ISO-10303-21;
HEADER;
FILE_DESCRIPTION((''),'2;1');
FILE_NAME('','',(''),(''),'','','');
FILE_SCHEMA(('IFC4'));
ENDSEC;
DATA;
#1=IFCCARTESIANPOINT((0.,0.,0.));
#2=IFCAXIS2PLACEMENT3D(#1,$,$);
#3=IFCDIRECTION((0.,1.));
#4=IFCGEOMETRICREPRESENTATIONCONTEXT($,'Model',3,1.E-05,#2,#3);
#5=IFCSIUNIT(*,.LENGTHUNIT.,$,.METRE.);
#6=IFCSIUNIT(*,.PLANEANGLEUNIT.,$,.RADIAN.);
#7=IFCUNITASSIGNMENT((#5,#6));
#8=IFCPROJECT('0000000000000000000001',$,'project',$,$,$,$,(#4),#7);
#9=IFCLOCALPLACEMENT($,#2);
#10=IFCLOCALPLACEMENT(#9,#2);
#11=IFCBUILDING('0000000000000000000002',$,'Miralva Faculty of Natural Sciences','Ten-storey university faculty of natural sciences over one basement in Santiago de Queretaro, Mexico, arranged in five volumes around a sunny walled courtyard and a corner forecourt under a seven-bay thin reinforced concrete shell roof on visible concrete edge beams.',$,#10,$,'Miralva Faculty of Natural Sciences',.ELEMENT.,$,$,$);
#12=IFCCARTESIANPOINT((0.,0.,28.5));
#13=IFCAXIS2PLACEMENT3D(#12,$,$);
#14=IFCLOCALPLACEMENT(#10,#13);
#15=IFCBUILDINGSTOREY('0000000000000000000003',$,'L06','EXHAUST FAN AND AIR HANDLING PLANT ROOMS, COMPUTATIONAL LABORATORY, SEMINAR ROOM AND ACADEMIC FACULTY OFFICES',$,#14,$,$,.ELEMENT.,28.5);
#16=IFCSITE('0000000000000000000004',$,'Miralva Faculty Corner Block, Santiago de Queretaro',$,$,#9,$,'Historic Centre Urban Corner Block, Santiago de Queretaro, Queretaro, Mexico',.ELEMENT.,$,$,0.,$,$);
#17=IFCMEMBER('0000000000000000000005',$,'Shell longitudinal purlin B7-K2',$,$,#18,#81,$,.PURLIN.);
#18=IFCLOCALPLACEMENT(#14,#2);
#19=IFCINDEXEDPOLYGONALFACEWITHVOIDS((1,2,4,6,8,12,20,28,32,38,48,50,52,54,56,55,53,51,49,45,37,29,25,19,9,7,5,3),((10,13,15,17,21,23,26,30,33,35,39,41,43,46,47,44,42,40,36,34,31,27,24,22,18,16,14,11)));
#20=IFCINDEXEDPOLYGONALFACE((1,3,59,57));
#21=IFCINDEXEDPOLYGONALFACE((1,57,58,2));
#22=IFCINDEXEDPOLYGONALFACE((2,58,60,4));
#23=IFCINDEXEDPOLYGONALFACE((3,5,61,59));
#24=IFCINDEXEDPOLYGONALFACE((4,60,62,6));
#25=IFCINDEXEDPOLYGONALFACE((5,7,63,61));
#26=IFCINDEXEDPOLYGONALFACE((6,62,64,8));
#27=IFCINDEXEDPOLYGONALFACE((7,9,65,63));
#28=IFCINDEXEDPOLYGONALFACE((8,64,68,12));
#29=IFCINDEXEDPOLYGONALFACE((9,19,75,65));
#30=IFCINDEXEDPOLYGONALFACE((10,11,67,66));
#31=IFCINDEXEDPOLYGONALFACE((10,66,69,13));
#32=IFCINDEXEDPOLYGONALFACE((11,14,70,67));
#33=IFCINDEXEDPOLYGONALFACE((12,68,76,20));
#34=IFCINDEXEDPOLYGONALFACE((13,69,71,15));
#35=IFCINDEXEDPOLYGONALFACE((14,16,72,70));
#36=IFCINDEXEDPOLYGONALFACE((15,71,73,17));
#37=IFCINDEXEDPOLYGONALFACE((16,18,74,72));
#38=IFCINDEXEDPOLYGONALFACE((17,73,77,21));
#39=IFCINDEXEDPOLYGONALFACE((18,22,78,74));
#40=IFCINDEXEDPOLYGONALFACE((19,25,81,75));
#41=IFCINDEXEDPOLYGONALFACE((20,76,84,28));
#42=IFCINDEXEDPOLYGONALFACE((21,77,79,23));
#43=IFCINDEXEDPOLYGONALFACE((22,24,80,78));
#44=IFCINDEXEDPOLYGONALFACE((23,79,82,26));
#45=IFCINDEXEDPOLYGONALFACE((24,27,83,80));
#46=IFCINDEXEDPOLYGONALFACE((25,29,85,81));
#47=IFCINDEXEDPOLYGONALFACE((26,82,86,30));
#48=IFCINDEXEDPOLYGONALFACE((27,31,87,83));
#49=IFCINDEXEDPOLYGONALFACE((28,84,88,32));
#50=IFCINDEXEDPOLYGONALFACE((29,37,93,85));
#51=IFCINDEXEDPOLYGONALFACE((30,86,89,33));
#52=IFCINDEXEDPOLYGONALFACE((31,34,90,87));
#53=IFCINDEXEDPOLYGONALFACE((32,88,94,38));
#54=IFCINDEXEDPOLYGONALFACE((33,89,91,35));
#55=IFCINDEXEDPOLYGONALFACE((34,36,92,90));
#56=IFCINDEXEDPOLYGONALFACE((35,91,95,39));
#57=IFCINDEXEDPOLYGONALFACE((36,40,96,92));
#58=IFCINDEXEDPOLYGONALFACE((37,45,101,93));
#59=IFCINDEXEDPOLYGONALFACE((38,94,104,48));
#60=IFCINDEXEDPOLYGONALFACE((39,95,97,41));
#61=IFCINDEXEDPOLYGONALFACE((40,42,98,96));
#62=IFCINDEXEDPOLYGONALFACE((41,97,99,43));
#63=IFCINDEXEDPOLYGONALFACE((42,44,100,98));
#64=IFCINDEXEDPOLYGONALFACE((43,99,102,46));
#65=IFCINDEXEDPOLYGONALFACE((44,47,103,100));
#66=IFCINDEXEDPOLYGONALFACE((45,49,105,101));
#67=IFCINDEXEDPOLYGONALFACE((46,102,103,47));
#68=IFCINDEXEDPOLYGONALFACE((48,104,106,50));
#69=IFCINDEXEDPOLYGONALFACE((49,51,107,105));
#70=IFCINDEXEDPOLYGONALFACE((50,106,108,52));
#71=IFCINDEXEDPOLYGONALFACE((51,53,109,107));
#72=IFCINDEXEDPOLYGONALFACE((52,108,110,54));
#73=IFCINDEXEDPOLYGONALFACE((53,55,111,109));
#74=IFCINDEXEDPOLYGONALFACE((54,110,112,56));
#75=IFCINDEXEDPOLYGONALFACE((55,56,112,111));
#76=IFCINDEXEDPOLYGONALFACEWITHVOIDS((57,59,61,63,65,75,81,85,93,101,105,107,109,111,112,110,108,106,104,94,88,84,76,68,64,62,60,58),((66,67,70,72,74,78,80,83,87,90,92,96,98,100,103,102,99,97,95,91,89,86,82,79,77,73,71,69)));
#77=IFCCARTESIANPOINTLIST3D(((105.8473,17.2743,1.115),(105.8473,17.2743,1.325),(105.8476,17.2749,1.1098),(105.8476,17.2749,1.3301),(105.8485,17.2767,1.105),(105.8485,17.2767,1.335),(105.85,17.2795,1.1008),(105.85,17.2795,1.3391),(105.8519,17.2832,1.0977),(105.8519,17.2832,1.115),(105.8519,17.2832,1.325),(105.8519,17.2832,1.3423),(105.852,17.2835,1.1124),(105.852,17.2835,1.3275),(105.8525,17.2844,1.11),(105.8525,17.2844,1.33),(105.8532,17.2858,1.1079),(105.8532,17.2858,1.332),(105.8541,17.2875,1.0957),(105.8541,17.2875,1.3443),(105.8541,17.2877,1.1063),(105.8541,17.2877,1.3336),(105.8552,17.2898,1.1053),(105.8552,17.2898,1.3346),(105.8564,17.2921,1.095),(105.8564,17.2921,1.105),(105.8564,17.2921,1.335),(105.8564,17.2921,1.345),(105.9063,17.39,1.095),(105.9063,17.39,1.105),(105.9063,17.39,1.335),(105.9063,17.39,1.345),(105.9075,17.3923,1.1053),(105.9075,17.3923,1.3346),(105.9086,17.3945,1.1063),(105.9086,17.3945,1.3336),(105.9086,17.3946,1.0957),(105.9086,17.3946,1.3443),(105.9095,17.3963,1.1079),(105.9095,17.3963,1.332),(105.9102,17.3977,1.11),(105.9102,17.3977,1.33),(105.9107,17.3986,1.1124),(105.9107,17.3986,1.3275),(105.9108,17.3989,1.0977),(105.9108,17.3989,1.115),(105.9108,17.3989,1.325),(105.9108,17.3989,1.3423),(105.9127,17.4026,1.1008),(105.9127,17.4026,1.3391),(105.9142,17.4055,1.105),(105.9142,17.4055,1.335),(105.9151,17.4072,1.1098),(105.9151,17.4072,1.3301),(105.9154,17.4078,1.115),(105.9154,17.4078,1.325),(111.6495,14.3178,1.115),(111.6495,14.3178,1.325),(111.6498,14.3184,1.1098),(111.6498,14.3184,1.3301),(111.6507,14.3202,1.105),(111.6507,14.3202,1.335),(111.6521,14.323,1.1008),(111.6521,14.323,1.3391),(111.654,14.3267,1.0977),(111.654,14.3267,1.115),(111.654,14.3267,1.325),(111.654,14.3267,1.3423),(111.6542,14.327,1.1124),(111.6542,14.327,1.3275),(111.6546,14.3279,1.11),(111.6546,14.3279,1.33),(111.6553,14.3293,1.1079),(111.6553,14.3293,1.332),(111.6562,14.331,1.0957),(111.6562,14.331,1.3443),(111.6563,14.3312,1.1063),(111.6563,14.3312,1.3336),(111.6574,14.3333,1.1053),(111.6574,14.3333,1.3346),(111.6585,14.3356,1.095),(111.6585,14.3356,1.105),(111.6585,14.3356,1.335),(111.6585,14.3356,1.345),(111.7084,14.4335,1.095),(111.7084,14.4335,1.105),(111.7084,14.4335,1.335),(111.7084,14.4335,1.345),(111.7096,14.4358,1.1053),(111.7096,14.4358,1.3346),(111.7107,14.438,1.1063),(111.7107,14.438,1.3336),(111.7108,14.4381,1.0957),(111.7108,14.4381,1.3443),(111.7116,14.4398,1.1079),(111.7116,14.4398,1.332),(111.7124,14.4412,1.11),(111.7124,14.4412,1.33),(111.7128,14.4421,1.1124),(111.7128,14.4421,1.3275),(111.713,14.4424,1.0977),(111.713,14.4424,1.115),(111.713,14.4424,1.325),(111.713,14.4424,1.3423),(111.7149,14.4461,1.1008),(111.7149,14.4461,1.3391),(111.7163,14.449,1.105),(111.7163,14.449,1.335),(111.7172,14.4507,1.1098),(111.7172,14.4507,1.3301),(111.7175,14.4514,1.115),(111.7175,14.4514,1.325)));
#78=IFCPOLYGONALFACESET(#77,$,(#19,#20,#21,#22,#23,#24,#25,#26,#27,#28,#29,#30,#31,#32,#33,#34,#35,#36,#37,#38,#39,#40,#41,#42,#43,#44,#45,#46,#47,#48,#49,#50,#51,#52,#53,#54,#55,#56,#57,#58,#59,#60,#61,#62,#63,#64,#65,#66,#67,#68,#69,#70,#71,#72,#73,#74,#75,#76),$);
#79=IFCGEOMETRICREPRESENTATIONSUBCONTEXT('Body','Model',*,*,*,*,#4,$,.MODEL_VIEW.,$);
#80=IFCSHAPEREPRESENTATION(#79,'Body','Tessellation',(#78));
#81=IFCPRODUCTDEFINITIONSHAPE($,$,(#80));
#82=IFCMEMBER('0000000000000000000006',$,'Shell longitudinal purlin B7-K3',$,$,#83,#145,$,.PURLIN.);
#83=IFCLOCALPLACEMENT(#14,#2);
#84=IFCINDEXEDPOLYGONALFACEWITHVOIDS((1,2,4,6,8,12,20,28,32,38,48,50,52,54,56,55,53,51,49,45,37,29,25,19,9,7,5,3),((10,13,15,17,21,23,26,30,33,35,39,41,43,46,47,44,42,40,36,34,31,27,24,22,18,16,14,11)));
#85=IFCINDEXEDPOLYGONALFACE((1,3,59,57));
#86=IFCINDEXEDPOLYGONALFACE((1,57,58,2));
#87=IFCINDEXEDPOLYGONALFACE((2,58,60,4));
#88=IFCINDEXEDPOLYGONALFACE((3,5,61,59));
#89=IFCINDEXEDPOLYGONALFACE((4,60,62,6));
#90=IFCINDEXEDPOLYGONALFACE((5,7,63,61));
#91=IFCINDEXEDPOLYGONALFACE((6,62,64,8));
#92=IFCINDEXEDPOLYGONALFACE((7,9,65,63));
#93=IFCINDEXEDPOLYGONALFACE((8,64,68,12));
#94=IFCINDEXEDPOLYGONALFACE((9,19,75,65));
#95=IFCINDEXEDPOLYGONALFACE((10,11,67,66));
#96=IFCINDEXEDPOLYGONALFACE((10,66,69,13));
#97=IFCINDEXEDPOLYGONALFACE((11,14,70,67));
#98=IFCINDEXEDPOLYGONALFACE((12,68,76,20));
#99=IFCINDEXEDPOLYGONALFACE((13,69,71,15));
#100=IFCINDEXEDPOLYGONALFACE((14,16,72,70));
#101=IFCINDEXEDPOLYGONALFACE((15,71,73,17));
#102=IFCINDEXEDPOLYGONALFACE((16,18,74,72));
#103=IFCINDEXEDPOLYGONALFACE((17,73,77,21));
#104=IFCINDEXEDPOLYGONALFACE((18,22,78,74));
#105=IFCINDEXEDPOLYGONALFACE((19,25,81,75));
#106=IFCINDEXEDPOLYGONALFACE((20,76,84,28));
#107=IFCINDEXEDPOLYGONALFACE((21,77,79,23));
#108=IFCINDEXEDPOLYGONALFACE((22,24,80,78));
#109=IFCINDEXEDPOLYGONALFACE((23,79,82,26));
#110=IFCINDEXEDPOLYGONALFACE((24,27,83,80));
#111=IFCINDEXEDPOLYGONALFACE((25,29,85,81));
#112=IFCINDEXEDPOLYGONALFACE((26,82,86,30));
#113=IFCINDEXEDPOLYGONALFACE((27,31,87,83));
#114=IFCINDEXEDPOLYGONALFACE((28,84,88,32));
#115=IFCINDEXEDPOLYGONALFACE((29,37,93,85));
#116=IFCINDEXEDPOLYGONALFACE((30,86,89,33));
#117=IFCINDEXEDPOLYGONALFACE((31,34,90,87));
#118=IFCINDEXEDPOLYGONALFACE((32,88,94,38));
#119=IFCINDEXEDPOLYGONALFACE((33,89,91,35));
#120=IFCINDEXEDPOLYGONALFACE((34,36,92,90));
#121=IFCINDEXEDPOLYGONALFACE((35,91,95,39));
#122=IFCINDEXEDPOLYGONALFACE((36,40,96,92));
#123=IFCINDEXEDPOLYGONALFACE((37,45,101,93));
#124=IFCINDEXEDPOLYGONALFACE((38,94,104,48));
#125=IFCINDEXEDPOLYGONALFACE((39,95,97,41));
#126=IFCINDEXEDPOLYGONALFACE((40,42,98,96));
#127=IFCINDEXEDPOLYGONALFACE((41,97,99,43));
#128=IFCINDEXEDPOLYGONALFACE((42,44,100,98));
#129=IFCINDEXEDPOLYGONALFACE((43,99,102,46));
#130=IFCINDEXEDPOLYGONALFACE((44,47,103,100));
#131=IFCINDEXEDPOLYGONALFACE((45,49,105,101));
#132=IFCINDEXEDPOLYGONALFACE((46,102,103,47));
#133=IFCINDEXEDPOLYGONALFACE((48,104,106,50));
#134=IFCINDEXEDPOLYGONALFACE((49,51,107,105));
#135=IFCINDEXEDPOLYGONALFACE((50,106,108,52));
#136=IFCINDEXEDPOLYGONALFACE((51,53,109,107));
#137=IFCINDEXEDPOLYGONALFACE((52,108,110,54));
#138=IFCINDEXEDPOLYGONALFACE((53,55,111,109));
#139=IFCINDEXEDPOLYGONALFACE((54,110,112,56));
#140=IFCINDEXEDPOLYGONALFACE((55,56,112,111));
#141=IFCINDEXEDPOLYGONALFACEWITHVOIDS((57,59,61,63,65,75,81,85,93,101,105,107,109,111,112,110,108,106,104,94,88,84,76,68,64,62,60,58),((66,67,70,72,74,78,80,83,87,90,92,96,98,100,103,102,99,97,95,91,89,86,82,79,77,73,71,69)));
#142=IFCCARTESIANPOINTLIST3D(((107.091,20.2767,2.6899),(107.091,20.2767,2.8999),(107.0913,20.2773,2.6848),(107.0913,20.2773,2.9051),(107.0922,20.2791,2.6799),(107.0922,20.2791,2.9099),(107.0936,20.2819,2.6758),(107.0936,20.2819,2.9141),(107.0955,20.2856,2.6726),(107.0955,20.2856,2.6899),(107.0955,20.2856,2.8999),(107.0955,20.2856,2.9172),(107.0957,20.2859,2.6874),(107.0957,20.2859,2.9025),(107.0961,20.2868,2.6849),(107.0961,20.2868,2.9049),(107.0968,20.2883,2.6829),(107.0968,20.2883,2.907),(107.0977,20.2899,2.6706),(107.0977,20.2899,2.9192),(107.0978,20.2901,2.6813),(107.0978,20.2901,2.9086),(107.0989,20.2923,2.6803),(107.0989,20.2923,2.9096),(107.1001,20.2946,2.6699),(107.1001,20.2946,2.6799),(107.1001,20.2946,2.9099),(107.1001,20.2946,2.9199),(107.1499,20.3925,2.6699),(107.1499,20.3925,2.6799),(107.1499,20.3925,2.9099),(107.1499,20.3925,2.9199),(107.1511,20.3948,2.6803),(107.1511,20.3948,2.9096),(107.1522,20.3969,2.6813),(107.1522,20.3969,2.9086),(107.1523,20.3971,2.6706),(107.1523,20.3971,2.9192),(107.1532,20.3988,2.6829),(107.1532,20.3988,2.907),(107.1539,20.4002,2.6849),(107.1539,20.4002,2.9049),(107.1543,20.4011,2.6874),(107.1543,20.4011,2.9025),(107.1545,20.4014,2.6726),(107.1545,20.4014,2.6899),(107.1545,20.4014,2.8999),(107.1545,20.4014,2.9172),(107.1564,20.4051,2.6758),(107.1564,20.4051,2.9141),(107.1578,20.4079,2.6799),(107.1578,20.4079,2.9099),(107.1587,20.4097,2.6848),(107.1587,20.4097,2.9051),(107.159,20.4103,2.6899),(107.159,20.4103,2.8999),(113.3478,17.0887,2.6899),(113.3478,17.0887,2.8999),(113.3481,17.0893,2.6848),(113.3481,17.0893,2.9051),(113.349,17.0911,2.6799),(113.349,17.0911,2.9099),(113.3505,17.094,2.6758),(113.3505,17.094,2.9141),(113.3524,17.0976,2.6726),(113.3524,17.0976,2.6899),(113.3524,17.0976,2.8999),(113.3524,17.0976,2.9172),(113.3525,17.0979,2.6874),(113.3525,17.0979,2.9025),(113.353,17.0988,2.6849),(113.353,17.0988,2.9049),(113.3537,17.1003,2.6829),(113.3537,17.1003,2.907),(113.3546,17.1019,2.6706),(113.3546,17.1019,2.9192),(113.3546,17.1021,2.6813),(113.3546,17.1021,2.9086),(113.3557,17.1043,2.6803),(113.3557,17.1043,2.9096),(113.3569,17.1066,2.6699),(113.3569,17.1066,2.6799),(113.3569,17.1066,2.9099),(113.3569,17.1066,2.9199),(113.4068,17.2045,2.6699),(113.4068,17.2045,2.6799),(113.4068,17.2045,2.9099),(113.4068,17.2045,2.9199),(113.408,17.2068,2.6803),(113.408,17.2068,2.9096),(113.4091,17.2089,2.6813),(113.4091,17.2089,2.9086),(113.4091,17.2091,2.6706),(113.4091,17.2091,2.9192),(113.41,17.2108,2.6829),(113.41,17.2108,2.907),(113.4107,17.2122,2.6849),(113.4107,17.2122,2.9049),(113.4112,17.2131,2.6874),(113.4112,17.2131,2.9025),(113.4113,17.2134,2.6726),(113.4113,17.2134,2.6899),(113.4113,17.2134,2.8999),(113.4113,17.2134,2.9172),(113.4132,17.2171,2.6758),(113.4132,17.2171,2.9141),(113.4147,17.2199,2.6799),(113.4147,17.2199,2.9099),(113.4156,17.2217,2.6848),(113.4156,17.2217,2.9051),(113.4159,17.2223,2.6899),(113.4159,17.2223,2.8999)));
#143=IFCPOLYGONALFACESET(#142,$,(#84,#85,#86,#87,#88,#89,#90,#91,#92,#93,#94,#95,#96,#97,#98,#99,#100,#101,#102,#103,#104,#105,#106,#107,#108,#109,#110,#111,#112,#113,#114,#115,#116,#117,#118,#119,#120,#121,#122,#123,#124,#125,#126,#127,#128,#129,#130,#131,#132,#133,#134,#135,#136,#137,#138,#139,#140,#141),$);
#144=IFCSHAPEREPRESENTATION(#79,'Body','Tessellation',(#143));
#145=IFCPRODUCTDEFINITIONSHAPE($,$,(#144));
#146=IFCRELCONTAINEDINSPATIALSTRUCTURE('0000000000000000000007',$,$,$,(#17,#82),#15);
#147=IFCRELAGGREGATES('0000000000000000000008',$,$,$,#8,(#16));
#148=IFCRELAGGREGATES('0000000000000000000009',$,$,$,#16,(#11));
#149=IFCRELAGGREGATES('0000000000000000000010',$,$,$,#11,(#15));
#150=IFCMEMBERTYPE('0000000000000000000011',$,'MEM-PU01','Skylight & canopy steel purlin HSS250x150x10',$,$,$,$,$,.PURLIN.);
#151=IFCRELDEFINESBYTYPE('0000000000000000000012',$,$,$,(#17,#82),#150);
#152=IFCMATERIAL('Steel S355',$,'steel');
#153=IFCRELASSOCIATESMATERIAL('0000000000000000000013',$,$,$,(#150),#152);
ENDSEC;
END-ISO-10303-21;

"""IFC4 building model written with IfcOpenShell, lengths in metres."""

from ifc_helpers import new_model, si_unit, direction, frame, origin, origin_2d, place, context, subcontext, project, spatial, hollow_rectangle, extrude, material, material_profile, profile_set, type_object, element, save


model = new_model("IFC4")

# Units and contexts
model_context = context("Model", 3, precision=1e-05, world=origin(), true_north=direction((0.0, 1.0)))
body_context = subcontext(model_context, "Body", "Model", "MODEL_VIEW")
ifc_project = project(units=[si_unit("LENGTHUNIT", "METRE"), si_unit("PLANEANGLEUNIT", "RADIAN")], contexts=[model_context])

# Site, building, storey
site_placement = place(None, origin())
site = spatial("IfcSite", under=ifc_project, at=site_placement, Name="Miralva Faculty Corner Block, Santiago de Queretaro", LongName="Historic Centre Urban Corner Block, Santiago de Queretaro, Queretaro, Mexico", CompositionType="ELEMENT", RefElevation=0.0)
building_placement = place(site_placement, origin())
building = spatial("IfcBuilding", under=site, at=building_placement, Name="Miralva Faculty of Natural Sciences", Description="Ten-storey university faculty of natural sciences over one basement in Santiago de Queretaro, Mexico, arranged in five volumes around a sunny walled courtyard and a corner forecourt under a seven-bay thin reinforced concrete shell roof on visible concrete edge beams.", LongName="Miralva Faculty of Natural Sciences", CompositionType="ELEMENT")
storey_placement = place(building_placement, frame((0.0, 0.0, 28.5)))
storey = spatial("IfcBuildingStorey", under=building, at=storey_placement, Name="L06", Description="EXHAUST FAN AND AIR HANDLING PLANT ROOMS, COMPUTATIONAL LABORATORY, SEMINAR ROOM AND ACADEMIC FACULTY OFFICES", CompositionType="ELEMENT", Elevation=28.5)

# Members
ifc_material_1 = material(Name="Steel S355", Category="steel")
ifc_material_profile_1 = material_profile(ifc_material_1, hollow_rectangle(XDim=0.1499, YDim=0.25, WallThickness=0.01, InnerFilletRadius=0.01, OuterFilletRadius=0.02, at=origin_2d()), Name="HSS 250x150x10")
ifc_profile_set_1 = profile_set([ifc_material_profile_1], Name="Steel S355")
member_type = type_object("IfcMemberType", Name="MEM-PU01", Description="Skylight & canopy steel purlin HSS250x150x10", PredefinedType="PURLIN", material=ifc_profile_set_1)
member_1_placement = place(storey_placement, frame((105.8813, 17.3411, 1.22), z_axis=(0.890997, -0.454009, 0.0), x_axis=(0.454009, 0.890997, 0.0)))
element("IfcMember", 1, at=member_1_placement, inside=storey, type_object=member_type, Name="Shell longitudinal purlin B7-K2", PredefinedType="PURLIN", context=body_context, shape_type="SweptSolid", body=[
    extrude(hollow_rectangle(XDim=0.1499, YDim=0.25, WallThickness=0.01, InnerFilletRadius=0.01, OuterFilletRadius=0.02, at=origin_2d()), origin(), (0.0, 0.0, 1.0), 6.512),
])
member_2_placement = place(storey_placement, frame((107.125, 20.3435, 2.7949), z_axis=(0.891008, -0.453987, 0.0), x_axis=(0.453987, 0.891008, 0.0)))
element("IfcMember", 2, at=member_2_placement, inside=storey, type_object=member_type, Name="Shell longitudinal purlin B7-K3", PredefinedType="PURLIN", context=body_context, shape_type="SweptSolid", body=[
    extrude(hollow_rectangle(XDim=0.1499, YDim=0.25, WallThickness=0.01, InnerFilletRadius=0.01, OuterFilletRadius=0.02, at=origin_2d()), origin(), (0.0, 0.0, 1.0), 7.0222),
])

save(model, "model.ifc")
